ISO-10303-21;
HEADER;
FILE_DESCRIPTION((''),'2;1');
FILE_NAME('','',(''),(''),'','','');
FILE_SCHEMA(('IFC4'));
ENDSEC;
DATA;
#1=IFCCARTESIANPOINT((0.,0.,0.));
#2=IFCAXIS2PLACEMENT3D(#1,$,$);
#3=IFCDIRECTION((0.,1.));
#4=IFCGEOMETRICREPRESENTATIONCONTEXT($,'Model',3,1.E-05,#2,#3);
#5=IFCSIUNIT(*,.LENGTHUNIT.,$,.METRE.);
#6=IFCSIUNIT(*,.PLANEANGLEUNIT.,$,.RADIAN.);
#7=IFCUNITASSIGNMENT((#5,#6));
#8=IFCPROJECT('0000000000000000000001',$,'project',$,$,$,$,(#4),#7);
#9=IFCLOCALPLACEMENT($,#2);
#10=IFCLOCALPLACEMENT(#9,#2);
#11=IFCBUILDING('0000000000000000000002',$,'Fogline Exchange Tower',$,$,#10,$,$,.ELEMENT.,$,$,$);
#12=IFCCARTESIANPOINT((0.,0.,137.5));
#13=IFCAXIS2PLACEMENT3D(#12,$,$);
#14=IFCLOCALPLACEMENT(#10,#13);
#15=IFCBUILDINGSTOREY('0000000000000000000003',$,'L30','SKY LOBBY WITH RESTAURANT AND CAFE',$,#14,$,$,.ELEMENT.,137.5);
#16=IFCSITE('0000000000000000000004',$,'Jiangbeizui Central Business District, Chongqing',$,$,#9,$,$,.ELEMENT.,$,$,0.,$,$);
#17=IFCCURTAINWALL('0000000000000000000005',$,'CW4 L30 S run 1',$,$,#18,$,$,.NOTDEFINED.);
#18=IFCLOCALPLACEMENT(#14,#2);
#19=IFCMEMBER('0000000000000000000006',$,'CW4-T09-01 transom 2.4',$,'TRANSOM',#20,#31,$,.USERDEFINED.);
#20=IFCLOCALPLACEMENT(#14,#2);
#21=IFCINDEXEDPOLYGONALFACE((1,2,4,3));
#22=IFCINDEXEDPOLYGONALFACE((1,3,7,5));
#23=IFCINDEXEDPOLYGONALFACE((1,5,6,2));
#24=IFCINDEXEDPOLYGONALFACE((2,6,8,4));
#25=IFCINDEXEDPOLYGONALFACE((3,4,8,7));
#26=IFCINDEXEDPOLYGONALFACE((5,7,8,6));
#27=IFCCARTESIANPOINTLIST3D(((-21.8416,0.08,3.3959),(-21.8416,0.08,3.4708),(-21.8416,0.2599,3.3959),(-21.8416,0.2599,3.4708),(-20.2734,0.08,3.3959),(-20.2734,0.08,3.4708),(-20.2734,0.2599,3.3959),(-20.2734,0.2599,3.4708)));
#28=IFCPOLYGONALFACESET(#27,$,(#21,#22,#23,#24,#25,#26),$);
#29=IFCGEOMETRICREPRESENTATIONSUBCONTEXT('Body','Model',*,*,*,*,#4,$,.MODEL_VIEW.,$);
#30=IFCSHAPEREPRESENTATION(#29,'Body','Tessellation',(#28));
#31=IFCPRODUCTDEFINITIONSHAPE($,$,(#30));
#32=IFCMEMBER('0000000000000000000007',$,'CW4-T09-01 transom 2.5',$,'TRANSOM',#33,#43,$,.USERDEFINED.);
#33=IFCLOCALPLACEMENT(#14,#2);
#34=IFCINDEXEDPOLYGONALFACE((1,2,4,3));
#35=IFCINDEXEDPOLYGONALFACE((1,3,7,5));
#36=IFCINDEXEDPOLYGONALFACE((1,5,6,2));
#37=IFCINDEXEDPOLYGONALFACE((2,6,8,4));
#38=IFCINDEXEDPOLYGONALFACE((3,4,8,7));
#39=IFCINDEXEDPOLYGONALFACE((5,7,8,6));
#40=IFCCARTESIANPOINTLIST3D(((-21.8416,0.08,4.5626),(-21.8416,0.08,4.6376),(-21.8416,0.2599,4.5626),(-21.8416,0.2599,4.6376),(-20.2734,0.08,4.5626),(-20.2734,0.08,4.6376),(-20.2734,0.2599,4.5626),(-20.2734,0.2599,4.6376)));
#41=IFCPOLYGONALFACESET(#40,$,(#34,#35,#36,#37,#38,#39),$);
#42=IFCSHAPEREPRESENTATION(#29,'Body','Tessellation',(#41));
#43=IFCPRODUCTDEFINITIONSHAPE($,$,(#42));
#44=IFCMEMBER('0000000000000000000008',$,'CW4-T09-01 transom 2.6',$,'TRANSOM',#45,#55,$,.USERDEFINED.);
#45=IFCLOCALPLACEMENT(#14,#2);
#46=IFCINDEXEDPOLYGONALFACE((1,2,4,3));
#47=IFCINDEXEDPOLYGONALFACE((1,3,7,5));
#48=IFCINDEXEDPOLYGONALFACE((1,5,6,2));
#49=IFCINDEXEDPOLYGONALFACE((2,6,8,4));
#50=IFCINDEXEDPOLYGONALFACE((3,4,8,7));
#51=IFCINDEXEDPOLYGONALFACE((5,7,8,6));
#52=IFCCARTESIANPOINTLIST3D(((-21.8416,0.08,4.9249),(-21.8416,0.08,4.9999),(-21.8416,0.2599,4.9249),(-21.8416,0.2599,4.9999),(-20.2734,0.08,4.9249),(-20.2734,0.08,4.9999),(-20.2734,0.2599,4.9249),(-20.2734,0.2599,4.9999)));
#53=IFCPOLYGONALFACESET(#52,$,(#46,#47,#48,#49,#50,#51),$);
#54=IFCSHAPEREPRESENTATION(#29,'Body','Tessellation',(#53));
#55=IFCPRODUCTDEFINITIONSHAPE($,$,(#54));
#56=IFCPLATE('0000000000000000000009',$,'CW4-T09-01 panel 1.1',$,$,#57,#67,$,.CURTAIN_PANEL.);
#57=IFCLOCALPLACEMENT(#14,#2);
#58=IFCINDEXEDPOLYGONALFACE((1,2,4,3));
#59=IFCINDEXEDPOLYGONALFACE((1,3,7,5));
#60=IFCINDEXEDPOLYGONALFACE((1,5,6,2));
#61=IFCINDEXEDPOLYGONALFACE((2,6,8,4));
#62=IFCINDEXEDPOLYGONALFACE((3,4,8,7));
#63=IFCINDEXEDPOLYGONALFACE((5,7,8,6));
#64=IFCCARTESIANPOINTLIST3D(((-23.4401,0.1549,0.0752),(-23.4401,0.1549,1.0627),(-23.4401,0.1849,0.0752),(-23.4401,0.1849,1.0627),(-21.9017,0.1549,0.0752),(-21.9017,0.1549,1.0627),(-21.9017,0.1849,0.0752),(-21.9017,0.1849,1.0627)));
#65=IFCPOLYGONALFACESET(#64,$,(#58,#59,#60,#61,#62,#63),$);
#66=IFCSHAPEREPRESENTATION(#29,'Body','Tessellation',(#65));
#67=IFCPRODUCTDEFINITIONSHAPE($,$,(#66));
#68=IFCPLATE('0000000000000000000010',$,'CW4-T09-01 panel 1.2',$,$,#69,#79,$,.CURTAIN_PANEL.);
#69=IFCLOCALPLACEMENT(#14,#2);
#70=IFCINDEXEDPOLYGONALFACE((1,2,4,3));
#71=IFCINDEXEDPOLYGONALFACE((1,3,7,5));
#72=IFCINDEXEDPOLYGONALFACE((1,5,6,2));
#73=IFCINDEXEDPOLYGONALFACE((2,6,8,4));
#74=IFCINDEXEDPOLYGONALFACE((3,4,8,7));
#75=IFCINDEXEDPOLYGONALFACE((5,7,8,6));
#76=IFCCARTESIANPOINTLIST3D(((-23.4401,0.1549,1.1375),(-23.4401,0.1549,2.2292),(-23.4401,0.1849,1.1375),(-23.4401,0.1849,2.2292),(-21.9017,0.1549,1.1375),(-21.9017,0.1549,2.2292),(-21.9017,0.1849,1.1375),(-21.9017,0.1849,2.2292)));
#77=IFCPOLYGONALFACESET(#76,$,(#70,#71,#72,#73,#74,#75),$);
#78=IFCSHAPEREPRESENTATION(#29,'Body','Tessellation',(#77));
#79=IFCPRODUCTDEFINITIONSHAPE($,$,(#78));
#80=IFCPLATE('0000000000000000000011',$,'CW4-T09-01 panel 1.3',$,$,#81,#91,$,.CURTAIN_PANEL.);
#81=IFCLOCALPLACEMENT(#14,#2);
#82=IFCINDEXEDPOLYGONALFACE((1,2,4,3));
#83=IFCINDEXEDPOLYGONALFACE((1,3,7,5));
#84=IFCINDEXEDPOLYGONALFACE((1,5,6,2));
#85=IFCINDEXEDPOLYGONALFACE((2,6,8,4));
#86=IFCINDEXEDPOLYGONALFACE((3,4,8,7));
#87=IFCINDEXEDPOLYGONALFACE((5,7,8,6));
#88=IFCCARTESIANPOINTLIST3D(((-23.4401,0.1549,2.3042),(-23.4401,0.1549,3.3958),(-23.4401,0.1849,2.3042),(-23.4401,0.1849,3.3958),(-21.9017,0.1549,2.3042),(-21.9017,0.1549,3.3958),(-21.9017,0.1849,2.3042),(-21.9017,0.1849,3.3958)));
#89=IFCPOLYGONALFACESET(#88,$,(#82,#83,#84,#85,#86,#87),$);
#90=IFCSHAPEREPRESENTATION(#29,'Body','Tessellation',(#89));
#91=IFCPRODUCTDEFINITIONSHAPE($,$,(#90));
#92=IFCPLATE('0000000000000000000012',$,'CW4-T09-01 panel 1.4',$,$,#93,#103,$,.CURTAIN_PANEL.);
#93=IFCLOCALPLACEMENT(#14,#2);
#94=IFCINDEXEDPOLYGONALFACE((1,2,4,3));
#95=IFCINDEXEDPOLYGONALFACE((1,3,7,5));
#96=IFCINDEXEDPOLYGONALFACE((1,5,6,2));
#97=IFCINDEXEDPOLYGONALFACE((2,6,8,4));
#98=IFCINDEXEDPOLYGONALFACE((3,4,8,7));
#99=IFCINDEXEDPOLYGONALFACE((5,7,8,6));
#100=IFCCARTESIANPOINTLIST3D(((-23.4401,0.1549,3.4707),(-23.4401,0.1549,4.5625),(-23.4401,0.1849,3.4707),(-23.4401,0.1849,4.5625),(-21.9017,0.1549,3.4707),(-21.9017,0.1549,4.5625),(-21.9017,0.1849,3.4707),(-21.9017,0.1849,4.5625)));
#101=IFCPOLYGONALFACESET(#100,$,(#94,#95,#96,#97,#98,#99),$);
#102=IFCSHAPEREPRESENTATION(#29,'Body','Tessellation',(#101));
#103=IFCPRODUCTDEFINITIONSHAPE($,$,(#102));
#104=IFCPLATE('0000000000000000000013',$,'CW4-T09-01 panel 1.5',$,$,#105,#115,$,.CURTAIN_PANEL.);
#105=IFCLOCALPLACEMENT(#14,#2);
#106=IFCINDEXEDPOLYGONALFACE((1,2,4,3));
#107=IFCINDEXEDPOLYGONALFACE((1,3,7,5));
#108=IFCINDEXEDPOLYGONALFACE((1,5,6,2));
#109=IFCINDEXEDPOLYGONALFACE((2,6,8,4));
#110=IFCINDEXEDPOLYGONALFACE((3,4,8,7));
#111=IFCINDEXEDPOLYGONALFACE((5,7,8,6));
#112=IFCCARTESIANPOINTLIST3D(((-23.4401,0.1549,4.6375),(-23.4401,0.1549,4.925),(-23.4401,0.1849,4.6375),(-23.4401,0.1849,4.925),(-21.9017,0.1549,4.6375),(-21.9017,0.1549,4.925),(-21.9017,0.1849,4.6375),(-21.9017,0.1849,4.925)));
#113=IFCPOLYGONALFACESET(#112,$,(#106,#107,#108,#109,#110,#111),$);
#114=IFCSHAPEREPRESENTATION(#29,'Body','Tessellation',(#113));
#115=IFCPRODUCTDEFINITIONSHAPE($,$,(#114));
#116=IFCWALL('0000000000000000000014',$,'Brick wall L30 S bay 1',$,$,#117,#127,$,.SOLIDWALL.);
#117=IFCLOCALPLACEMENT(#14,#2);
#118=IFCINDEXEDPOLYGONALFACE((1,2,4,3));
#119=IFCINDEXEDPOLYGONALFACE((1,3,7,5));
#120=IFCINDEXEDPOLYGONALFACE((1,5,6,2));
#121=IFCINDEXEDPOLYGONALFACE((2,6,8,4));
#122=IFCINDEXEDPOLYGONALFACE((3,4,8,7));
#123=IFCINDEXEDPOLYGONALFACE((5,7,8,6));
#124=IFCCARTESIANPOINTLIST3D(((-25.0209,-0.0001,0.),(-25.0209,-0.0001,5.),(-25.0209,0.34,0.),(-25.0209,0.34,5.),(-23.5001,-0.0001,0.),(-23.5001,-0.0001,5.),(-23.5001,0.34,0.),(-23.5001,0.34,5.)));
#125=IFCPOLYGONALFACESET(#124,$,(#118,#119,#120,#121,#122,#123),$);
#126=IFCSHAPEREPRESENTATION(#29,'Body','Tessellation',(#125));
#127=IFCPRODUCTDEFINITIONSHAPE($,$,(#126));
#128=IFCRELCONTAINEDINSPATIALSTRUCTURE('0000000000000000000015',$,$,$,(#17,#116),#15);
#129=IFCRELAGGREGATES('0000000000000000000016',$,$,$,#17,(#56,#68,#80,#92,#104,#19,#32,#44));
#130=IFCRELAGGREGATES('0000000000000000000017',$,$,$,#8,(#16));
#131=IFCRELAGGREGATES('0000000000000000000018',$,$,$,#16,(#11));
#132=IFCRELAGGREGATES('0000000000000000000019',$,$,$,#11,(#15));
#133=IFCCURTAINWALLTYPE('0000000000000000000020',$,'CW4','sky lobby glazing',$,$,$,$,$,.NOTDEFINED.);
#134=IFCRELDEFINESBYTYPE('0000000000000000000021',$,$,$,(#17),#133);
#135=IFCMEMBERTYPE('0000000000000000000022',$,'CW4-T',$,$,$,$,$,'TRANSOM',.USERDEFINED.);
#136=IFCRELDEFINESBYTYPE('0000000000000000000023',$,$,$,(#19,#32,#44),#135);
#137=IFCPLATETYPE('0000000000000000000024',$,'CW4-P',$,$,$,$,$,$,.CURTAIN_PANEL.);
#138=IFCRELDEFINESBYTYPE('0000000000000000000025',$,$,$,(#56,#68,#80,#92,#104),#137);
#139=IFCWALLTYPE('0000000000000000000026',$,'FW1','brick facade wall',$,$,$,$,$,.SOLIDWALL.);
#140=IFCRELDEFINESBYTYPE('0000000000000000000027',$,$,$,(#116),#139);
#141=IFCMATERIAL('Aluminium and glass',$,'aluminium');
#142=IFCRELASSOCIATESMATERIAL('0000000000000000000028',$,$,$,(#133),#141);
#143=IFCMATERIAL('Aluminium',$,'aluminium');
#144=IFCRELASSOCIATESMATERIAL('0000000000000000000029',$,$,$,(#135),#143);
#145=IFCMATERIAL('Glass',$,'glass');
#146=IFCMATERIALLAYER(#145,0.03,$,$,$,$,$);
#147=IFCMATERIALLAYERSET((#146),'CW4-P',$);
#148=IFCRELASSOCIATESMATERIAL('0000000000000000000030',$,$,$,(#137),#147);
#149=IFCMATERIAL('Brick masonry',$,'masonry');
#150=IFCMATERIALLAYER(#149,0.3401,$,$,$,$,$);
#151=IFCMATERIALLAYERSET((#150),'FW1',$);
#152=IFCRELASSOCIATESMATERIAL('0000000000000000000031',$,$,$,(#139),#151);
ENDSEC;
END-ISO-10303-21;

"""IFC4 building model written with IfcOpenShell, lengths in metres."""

from ifc_helpers import new_model, si_unit, direction, frame, frame_2d, origin, origin_2d, place, context, subcontext, project, spatial, rectangle, extrude, material, layer, layer_set, material_profile, profile_set, type_object, element, aggregate, save


model = new_model("IFC4")

# Units and contexts
model_context = context("Model", 3, precision=1e-05, world=origin(), true_north=direction((0.0, 1.0)))
body_context = subcontext(model_context, "Body", "Model", "MODEL_VIEW")
ifc_project = project(units=[si_unit("LENGTHUNIT", "METRE"), si_unit("PLANEANGLEUNIT", "RADIAN")], contexts=[model_context])

# Site, building, storey
site_placement = place(None, origin())
site = spatial("IfcSite", under=ifc_project, at=site_placement, Name="Jiangbeizui Central Business District, Chongqing", CompositionType="ELEMENT", RefElevation=0.0)
building_placement = place(site_placement, origin())
building = spatial("IfcBuilding", under=site, at=building_placement, Name="Fogline Exchange Tower", CompositionType="ELEMENT")
storey_placement = place(building_placement, frame((0.0, 0.0, 137.5)))
storey = spatial("IfcBuildingStorey", under=building, at=storey_placement, Name="L30", Description="SKY LOBBY WITH RESTAURANT AND CAFE", CompositionType="ELEMENT", Elevation=137.5)

# Curtain wall, members, plates
ifc_material_1 = material(Name="Aluminium and glass", Category="aluminium")
curtain_wall_type = type_object("IfcCurtainWallType", Name="CW4", Description="sky lobby glazing", PredefinedType="NOTDEFINED", material=ifc_material_1)
curtain_wall_placement = place(storey_placement, origin())
curtain_wall = element("IfcCurtainWall", 1, at=curtain_wall_placement, inside=storey, type_object=curtain_wall_type, Name="CW4 L30 S run 1", PredefinedType="NOTDEFINED")
ifc_material_2 = material(Name="Aluminium", Category="aluminium")
ifc_material_profile_1 = material_profile(ifc_material_2, rectangle(XDim=0.1799, YDim=0.075, at=origin_2d()), Name="Transom 75x180")
ifc_profile_set_1 = profile_set([ifc_material_profile_1], Name="Aluminium")
member_type_1 = type_object("IfcMemberType", Name="CW4-T", ElementType="TRANSOM", PredefinedType="USERDEFINED", material=ifc_profile_set_1)
member_1_placement = place(storey_placement, frame((-21.8416, 0.1699, 3.4333), z_axis=(1.0, 0.0, 0.0), x_axis=(0.0, 1.0, 0.0)))
member_1 = element("IfcMember", 2, at=member_1_placement, type_object=member_type_1, Name="CW4-T09-01 transom 2.4", ObjectType="TRANSOM", PredefinedType="USERDEFINED", context=body_context, shape_type="SweptSolid", body=[
    extrude(rectangle(XDim=0.1799, YDim=0.075, at=origin_2d()), origin(), (0.0, 0.0, 1.0), 1.5681),
])
member_2_placement = place(storey_placement, frame((-21.8416, 0.1699, 4.6001), z_axis=(1.0, 0.0, 0.0), x_axis=(0.0, 1.0, 0.0)))
member_2 = element("IfcMember", 3, at=member_2_placement, type_object=member_type_1, Name="CW4-T09-01 transom 2.5", ObjectType="TRANSOM", PredefinedType="USERDEFINED", context=body_context, shape_type="SweptSolid", body=[
    extrude(rectangle(XDim=0.1799, YDim=0.075, at=origin_2d()), origin(), (0.0, 0.0, 1.0), 1.5681),
])
member_3_placement = place(storey_placement, frame((-21.8416, 0.1699, 4.9624), z_axis=(1.0, 0.0, 0.0), x_axis=(0.0, 1.0, 0.0)))
member_3 = element("IfcMember", 4, at=member_3_placement, type_object=member_type_1, Name="CW4-T09-01 transom 2.6", ObjectType="TRANSOM", PredefinedType="USERDEFINED", context=body_context, shape_type="SweptSolid", body=[
    extrude(rectangle(XDim=0.1799, YDim=0.075, at=origin_2d()), origin(), (0.0, 0.0, 1.0), 1.5681),
])
ifc_material_3 = material(Name="Glass", Category="glass")
ifc_layer_1 = layer(ifc_material_3, 0.03)
ifc_layer_set_1 = layer_set([ifc_layer_1], Name="CW4-P")
plate_type = type_object("IfcPlateType", Name="CW4-P", PredefinedType="CURTAIN_PANEL", material=ifc_layer_set_1)
plate_1_placement = place(storey_placement, frame((-22.6709, 0.1699, 0.0752), z_axis=(0.0, 0.0, 1.0), x_axis=(1.0, 0.0, 0.0)))
plate_1 = element("IfcPlate", 5, at=plate_1_placement, type_object=plate_type, Name="CW4-T09-01 panel 1.1", PredefinedType="CURTAIN_PANEL", context=body_context, shape_type="SweptSolid", body=[
    extrude(rectangle(XDim=1.5383, YDim=0.03, at=origin_2d()), origin(), (0.0, 0.0, 1.0), 0.9875),
])
plate_2_placement = place(storey_placement, frame((-22.6709, 0.1699, 1.1375), z_axis=(0.0, 0.0, 1.0), x_axis=(1.0, 0.0, 0.0)))
plate_2 = element("IfcPlate", 6, at=plate_2_placement, type_object=plate_type, Name="CW4-T09-01 panel 1.2", PredefinedType="CURTAIN_PANEL", context=body_context, shape_type="SweptSolid", body=[
    extrude(rectangle(XDim=1.5383, YDim=0.03, at=origin_2d()), origin(), (0.0, 0.0, 1.0), 1.0918),
])
plate_3_placement = place(storey_placement, frame((-22.6709, 0.1699, 2.3042), z_axis=(0.0, 0.0, 1.0), x_axis=(1.0, 0.0, 0.0)))
plate_3 = element("IfcPlate", 7, at=plate_3_placement, type_object=plate_type, Name="CW4-T09-01 panel 1.3", PredefinedType="CURTAIN_PANEL", context=body_context, shape_type="SweptSolid", body=[
    extrude(rectangle(XDim=1.5383, YDim=0.03, at=origin_2d()), origin(), (0.0, 0.0, 1.0), 1.0916),
])
plate_4_placement = place(storey_placement, frame((-22.6709, 0.1699, 3.4707), z_axis=(0.0, 0.0, 1.0), x_axis=(1.0, 0.0, 0.0)))
plate_4 = element("IfcPlate", 8, at=plate_4_placement, type_object=plate_type, Name="CW4-T09-01 panel 1.4", PredefinedType="CURTAIN_PANEL", context=body_context, shape_type="SweptSolid", body=[
    extrude(rectangle(XDim=1.5383, YDim=0.03, at=origin_2d()), origin(), (0.0, 0.0, 1.0), 1.0918),
])
plate_5_placement = place(storey_placement, frame((-22.6709, 0.1699, 4.6375), z_axis=(0.0, 0.0, 1.0), x_axis=(1.0, 0.0, 0.0)))
plate_5 = element("IfcPlate", 9, at=plate_5_placement, type_object=plate_type, Name="CW4-T09-01 panel 1.5", PredefinedType="CURTAIN_PANEL", context=body_context, shape_type="SweptSolid", body=[
    extrude(rectangle(XDim=1.5383, YDim=0.03, at=origin_2d()), origin(), (0.0, 0.0, 1.0), 0.2876),
])
aggregate(curtain_wall, [plate_1, plate_2, plate_3, plate_4, plate_5, member_1, member_2, member_3])

# Wall
ifc_material_4 = material(Name="Brick masonry", Category="masonry")
ifc_layer_2 = layer(ifc_material_4, 0.3401)
ifc_layer_set_2 = layer_set([ifc_layer_2], Name="FW1")
wall_type = type_object("IfcWallType", Name="FW1", Description="brick facade wall", PredefinedType="SOLIDWALL", material=ifc_layer_set_2)
wall_placement = place(storey_placement, frame((-25.0208, 0.1699, 0.0), z_axis=(0.0, 0.0, 1.0), x_axis=(1.0, 0.0, 0.0)))
element("IfcWall", 10, at=wall_placement, inside=storey, type_object=wall_type, Name="Brick wall L30 S bay 1", PredefinedType="SOLIDWALL", context=body_context, shape_type="SweptSolid", body=[
    extrude(rectangle(XDim=1.5208, YDim=0.3401, at=frame_2d((0.7603, 0.0))), origin(), (0.0, 0.0, 1.0), 5.0),
])

save(model, "model.ifc")
